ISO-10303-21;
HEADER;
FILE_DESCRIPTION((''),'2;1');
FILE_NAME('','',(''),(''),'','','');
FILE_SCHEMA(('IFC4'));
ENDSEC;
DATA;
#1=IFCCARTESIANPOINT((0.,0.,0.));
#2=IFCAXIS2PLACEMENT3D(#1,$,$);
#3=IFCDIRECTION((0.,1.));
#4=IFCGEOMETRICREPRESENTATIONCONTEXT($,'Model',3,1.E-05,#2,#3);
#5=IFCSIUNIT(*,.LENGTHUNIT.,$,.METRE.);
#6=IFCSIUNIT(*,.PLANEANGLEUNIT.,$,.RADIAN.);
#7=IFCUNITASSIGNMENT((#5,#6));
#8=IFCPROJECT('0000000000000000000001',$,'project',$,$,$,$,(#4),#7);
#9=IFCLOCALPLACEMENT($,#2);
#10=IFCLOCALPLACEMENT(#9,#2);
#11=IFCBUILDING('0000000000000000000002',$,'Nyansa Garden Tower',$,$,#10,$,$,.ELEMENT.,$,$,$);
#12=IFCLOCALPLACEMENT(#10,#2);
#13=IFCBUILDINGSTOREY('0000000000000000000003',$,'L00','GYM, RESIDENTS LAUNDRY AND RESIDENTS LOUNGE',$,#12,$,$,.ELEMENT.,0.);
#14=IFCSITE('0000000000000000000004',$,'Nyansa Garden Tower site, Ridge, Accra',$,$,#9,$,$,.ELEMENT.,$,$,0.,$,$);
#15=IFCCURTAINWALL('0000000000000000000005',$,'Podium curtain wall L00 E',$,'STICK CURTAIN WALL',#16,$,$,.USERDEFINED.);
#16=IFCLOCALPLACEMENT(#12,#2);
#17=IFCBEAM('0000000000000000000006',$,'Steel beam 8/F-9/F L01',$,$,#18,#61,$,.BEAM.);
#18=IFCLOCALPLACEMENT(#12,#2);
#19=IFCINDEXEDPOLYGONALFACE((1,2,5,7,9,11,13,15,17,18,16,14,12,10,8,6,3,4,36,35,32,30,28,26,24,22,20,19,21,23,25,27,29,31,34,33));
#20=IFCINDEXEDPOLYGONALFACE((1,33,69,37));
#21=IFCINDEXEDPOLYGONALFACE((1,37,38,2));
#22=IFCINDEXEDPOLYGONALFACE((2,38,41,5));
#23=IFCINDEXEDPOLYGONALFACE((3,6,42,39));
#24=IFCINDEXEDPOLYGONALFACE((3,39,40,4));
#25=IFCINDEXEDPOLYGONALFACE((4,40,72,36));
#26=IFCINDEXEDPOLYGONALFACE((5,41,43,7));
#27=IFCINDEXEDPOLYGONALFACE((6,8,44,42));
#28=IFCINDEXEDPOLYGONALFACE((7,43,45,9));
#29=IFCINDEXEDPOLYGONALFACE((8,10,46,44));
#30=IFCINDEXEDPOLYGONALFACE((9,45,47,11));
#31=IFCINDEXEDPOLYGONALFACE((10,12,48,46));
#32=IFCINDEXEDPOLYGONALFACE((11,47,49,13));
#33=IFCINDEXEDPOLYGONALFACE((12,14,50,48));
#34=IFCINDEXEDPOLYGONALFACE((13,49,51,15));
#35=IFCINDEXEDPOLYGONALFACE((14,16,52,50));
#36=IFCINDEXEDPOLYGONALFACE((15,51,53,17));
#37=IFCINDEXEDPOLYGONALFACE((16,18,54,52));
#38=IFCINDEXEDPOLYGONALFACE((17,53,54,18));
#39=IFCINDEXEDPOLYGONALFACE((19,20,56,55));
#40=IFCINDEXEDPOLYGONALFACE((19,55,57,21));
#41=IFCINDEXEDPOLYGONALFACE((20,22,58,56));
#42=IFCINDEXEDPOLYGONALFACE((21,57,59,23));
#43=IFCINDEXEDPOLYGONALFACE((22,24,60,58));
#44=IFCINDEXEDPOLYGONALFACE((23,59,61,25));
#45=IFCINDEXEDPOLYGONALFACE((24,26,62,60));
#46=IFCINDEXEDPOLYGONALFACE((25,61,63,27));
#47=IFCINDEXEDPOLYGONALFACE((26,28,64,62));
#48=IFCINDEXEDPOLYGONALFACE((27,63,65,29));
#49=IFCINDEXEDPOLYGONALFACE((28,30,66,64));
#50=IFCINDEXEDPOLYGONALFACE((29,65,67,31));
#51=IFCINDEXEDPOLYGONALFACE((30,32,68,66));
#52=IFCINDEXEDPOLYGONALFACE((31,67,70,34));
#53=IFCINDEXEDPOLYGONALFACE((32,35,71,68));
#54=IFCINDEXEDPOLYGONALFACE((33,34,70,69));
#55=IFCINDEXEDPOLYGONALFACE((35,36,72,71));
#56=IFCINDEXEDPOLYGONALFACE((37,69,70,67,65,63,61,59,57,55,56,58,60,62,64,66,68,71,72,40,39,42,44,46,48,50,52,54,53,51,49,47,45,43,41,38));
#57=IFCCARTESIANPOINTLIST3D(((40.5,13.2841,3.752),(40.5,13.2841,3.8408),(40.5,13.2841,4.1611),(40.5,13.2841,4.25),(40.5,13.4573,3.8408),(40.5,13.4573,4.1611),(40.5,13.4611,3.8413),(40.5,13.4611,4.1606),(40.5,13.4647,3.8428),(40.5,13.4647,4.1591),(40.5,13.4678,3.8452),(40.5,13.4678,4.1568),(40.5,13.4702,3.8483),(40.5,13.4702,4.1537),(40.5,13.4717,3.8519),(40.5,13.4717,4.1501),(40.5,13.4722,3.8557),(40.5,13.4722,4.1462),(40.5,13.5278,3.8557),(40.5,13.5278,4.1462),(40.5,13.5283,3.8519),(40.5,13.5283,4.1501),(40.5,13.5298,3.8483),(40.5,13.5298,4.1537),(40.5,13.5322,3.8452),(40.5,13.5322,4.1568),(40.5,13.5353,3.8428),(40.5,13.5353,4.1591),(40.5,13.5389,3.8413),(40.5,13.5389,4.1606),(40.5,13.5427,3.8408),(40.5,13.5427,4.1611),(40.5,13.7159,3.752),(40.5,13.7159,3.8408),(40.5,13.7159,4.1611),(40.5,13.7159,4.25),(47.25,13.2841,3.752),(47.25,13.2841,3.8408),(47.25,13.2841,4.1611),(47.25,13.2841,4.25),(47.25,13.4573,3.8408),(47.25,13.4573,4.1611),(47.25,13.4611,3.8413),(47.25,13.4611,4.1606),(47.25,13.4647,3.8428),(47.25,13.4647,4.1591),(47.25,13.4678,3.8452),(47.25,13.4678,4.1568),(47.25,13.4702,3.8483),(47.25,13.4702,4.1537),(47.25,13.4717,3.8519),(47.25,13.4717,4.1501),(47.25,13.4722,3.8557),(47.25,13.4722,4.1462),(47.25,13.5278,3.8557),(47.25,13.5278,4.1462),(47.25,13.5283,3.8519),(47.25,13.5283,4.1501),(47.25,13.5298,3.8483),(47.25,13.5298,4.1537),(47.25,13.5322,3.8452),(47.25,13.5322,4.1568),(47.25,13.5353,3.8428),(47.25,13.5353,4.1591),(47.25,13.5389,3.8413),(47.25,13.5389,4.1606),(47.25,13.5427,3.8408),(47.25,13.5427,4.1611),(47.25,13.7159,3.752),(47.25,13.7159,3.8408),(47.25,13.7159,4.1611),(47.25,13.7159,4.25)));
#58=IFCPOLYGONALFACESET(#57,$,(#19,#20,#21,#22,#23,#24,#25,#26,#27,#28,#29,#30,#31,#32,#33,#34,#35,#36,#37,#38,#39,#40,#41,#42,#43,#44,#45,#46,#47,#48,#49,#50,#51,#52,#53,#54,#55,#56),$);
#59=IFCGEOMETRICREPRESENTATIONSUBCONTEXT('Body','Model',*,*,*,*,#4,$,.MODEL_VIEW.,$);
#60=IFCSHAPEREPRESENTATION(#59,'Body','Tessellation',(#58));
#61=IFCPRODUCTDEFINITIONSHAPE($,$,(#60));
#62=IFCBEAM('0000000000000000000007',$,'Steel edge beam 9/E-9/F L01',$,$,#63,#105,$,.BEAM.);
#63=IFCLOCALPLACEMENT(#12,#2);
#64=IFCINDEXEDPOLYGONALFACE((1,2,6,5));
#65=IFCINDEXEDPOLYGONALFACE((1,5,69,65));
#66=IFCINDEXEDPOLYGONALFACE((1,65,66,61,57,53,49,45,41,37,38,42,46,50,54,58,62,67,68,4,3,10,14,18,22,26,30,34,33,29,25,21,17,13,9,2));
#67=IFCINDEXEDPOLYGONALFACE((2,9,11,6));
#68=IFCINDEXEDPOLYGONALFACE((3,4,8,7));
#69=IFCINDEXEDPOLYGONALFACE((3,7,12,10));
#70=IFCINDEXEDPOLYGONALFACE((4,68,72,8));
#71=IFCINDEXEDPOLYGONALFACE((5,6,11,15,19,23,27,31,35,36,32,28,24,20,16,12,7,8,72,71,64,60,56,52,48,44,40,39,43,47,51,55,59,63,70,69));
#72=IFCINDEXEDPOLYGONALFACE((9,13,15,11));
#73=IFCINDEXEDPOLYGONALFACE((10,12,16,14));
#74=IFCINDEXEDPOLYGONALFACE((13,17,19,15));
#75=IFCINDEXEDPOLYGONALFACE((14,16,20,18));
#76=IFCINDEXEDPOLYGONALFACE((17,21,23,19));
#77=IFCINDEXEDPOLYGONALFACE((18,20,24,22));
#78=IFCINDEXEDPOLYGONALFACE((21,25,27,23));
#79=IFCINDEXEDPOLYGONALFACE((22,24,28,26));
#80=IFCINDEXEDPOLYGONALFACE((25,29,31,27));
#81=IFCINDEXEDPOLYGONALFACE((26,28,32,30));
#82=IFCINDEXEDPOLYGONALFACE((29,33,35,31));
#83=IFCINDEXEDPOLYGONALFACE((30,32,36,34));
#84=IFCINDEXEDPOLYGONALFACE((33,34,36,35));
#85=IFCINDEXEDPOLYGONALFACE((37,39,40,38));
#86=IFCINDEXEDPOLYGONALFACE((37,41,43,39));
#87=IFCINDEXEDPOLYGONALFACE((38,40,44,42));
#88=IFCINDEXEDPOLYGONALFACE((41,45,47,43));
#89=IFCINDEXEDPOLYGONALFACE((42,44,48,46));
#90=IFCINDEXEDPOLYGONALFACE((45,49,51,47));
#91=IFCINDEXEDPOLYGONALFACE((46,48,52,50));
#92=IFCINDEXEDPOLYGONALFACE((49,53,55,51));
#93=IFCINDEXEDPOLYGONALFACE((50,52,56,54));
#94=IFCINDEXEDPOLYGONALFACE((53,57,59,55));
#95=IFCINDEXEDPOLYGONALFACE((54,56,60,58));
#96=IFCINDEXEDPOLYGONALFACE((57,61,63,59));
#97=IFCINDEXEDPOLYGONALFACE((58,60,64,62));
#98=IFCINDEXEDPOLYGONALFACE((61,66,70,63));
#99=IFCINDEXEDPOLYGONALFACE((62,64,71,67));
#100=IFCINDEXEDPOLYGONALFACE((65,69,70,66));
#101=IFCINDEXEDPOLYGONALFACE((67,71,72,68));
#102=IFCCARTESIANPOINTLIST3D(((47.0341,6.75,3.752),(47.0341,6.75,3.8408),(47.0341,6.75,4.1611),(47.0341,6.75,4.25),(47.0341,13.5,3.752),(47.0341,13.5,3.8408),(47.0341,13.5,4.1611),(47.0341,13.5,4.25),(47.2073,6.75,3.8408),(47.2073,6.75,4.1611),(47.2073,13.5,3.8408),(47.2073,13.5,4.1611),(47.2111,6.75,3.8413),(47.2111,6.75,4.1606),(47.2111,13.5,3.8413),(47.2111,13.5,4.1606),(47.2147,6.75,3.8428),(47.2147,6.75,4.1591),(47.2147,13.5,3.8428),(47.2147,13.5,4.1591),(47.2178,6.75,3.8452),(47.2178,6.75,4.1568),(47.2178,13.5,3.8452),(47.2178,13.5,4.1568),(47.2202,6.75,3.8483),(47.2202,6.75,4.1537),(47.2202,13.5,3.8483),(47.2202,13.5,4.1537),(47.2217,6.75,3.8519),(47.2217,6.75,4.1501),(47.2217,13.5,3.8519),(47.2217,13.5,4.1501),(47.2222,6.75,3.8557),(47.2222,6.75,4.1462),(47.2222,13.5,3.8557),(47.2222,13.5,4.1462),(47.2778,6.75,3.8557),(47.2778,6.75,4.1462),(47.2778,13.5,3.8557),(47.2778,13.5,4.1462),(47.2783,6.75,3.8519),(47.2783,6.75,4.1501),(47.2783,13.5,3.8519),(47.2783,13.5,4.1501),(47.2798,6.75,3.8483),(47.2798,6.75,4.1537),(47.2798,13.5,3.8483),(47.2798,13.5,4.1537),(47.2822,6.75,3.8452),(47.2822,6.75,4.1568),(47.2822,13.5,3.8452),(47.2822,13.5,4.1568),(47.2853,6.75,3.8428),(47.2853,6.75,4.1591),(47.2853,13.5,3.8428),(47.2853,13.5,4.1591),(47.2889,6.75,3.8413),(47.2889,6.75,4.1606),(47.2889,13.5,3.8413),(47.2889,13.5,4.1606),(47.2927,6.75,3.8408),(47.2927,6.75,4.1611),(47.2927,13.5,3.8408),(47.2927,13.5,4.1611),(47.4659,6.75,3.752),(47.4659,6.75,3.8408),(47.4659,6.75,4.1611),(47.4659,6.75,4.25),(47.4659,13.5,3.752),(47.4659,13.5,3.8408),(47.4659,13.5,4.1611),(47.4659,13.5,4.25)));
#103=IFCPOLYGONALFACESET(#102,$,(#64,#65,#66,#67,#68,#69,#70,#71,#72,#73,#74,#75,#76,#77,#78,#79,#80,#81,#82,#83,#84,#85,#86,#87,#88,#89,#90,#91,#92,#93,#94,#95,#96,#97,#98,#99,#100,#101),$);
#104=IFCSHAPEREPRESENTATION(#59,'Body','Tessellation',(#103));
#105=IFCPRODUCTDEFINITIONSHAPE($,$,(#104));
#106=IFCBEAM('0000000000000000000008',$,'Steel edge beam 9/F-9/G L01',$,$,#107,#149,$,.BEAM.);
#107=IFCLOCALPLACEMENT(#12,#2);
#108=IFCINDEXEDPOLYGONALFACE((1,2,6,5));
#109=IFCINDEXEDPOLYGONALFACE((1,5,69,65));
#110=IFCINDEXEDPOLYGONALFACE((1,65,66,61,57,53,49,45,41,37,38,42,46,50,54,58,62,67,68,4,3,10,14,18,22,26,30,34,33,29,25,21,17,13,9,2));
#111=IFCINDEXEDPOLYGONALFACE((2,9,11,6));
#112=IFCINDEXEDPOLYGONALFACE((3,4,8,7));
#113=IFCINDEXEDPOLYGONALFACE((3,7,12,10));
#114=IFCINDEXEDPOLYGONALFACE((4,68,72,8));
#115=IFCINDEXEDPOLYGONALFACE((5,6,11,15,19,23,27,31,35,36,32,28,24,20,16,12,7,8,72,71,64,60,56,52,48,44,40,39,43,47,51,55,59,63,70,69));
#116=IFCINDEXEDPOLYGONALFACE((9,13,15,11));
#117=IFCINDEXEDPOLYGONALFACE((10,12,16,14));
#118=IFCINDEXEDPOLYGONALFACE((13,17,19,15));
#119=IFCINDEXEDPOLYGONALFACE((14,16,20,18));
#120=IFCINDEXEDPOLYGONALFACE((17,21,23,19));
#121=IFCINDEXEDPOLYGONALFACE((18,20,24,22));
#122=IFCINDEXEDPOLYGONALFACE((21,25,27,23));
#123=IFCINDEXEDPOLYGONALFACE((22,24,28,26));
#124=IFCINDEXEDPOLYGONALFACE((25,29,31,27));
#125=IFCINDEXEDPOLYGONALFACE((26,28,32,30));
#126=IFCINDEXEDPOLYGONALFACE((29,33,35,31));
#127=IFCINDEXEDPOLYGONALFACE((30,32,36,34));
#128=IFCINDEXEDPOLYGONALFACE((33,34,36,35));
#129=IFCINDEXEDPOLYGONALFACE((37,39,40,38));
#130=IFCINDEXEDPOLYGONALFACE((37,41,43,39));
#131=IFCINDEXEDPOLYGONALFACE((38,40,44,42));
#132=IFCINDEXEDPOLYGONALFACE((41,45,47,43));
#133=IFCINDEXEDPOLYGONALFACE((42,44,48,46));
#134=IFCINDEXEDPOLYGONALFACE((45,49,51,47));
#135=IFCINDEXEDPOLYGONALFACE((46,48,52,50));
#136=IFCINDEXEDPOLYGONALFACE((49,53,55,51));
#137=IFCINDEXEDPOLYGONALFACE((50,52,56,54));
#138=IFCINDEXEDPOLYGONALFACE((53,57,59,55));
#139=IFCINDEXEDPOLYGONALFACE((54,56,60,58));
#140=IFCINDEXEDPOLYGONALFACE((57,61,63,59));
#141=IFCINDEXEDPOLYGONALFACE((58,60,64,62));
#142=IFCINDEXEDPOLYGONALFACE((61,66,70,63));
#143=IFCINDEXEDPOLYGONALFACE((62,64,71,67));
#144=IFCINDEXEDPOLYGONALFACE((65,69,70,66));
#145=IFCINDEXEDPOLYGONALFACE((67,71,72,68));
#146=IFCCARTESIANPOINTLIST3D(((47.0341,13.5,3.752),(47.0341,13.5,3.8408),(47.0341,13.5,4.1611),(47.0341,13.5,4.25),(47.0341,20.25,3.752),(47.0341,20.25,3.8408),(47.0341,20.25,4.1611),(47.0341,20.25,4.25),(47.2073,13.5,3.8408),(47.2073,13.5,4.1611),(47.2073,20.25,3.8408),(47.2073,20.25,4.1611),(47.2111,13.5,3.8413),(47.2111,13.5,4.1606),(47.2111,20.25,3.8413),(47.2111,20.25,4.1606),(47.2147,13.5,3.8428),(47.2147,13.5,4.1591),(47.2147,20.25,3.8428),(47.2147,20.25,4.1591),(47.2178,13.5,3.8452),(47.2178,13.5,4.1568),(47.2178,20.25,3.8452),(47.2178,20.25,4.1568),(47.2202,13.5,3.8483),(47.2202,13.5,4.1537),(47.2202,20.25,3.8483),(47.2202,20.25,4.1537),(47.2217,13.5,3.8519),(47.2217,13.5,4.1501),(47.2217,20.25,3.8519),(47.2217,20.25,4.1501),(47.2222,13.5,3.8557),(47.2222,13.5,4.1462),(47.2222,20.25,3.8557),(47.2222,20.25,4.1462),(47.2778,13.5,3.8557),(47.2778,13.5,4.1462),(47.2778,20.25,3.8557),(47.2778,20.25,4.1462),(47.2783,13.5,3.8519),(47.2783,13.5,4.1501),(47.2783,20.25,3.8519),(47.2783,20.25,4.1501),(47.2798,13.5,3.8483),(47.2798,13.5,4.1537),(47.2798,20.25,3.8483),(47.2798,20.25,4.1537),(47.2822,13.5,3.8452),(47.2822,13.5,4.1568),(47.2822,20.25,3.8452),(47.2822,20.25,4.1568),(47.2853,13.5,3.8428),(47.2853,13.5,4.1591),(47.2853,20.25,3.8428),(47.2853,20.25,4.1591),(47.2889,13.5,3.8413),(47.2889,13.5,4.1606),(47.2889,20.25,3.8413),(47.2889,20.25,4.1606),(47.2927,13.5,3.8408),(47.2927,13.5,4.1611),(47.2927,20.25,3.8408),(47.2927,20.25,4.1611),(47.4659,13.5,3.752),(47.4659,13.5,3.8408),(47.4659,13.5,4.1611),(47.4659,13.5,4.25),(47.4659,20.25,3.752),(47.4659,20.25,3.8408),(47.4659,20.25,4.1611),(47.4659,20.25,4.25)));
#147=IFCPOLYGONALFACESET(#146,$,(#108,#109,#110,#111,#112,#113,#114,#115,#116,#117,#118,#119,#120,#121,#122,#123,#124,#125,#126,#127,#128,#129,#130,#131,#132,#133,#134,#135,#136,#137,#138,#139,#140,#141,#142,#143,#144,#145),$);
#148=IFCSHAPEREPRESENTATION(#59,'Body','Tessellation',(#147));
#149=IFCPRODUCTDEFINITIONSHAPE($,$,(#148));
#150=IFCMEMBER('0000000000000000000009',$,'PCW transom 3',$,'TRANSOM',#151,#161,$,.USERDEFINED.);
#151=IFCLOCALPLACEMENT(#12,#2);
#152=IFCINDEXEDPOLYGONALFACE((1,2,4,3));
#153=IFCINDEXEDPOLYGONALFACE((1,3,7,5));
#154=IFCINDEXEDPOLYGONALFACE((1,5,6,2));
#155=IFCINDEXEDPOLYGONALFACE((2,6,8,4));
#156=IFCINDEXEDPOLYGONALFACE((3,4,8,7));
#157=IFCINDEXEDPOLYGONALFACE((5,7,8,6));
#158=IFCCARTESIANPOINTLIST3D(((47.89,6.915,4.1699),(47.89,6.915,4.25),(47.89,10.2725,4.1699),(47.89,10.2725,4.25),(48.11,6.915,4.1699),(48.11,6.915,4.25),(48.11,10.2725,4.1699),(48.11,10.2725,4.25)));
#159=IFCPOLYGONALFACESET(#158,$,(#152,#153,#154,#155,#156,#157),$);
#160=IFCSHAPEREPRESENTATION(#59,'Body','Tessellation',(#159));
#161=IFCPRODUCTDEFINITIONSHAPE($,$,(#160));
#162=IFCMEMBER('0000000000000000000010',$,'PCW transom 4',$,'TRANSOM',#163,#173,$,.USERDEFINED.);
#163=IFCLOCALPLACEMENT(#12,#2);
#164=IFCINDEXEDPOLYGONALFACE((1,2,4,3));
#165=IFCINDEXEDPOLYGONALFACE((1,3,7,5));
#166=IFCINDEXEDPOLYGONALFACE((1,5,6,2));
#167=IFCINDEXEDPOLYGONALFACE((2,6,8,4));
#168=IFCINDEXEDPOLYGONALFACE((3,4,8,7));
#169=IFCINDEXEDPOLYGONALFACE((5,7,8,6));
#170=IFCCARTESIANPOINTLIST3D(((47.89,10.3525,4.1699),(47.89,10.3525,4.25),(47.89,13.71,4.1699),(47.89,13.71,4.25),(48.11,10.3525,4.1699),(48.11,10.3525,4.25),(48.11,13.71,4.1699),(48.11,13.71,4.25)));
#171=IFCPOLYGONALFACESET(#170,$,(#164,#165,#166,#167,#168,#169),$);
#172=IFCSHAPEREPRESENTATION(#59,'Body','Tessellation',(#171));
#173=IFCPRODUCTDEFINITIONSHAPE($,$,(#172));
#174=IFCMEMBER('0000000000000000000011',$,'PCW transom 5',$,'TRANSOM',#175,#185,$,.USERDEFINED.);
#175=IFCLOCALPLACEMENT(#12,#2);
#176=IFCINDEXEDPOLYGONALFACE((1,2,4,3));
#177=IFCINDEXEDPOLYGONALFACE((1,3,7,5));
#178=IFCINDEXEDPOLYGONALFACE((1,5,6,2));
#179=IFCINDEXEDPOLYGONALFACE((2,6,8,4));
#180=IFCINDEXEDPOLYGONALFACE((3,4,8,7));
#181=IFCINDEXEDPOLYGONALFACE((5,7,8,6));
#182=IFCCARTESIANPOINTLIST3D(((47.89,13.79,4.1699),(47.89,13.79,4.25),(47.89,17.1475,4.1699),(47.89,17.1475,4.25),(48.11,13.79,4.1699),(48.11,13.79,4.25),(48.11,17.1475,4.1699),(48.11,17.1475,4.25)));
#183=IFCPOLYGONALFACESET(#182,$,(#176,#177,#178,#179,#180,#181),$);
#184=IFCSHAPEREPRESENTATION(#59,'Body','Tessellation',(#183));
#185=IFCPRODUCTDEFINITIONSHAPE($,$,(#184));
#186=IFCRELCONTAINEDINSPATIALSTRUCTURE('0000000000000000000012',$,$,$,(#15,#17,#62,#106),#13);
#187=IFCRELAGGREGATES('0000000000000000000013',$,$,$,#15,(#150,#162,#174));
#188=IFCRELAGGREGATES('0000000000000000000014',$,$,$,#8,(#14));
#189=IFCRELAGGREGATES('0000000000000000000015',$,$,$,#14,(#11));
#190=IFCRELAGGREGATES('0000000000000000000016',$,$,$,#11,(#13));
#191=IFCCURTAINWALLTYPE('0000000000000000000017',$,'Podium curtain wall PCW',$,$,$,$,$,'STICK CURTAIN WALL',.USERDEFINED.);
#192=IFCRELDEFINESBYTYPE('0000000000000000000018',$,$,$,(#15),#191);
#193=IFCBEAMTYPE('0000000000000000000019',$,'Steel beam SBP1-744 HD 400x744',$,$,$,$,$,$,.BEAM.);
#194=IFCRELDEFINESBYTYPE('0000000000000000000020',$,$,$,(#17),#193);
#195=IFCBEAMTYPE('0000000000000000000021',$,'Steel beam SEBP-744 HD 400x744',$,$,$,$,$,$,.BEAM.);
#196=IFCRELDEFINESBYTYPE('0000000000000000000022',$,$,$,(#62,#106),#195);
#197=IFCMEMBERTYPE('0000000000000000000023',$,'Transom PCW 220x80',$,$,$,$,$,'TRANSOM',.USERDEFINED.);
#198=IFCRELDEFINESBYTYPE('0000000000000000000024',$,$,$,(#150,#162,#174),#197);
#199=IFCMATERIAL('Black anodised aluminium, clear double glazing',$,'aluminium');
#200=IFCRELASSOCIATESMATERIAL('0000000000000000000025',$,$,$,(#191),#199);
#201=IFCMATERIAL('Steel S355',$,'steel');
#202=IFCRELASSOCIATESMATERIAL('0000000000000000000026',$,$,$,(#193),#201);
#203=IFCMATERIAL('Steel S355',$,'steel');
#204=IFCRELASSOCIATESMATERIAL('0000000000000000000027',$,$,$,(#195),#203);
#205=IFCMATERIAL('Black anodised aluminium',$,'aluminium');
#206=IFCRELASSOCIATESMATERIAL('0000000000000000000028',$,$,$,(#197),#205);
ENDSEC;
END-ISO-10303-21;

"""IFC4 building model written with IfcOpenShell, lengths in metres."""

from ifc_helpers import new_model, si_unit, direction, frame, origin, origin_2d, place, context, subcontext, project, spatial, rectangle, i_section, extrude, material, material_profile, profile_set, type_object, element, aggregate, save


model = new_model("IFC4")

# Units and contexts
model_context = context("Model", 3, precision=1e-05, world=origin(), true_north=direction((0.0, 1.0)))
body_context = subcontext(model_context, "Body", "Model", "MODEL_VIEW")
ifc_project = project(units=[si_unit("LENGTHUNIT", "METRE"), si_unit("PLANEANGLEUNIT", "RADIAN")], contexts=[model_context])

# Site, building, storey
site_placement = place(None, origin())
site = spatial("IfcSite", under=ifc_project, at=site_placement, Name="Nyansa Garden Tower site, Ridge, Accra", CompositionType="ELEMENT", RefElevation=0.0)
building_placement = place(site_placement, origin())
building = spatial("IfcBuilding", under=site, at=building_placement, Name="Nyansa Garden Tower", CompositionType="ELEMENT")
storey_placement = place(building_placement, origin())
storey = spatial("IfcBuildingStorey", under=building, at=storey_placement, Name="L00", Description="GYM, RESIDENTS LAUNDRY AND RESIDENTS LOUNGE", CompositionType="ELEMENT", Elevation=0.0)

# Curtain wall
ifc_material_1 = material(Name="Black anodised aluminium, clear double glazing", Category="aluminium")
curtain_wall_type = type_object("IfcCurtainWallType", Name="Podium curtain wall PCW", ElementType="STICK CURTAIN WALL", PredefinedType="USERDEFINED", material=ifc_material_1)
curtain_wall_placement = place(storey_placement, origin())
curtain_wall = element("IfcCurtainWall", 1, at=curtain_wall_placement, inside=storey, type_object=curtain_wall_type, Name="Podium curtain wall L00 E", ObjectType="STICK CURTAIN WALL", PredefinedType="USERDEFINED")

# Beams
ifc_material_2 = material(Name="Steel S355", Category="steel")
ifc_material_profile_1 = material_profile(ifc_material_2, i_section(OverallWidth=0.4319, OverallDepth=0.498, WebThickness=0.0557, FlangeThickness=0.0889, FilletRadius=0.0149, at=origin_2d()), Name="HD 400x744")
ifc_profile_set_1 = profile_set([ifc_material_profile_1], Name="Steel S355")
beam_type_1 = type_object("IfcBeamType", Name="Steel beam SBP1-744 HD 400x744", PredefinedType="BEAM", material=ifc_profile_set_1)
for number, where, z_axis, x_axis, name in (
    (2, (40.5, 13.5, 4.001), (1.0, 0.0, 0.0), (0.0, 1.0, 0.0), "Steel beam 8/F-9/F L01"),
):
    element("IfcBeam", number, at=place(storey_placement, frame(where, z_axis=z_axis, x_axis=x_axis)), inside=storey, type_object=beam_type_1, Name=name, PredefinedType="BEAM", context=body_context, shape_type="SweptSolid", body=[
        extrude(i_section(OverallWidth=0.4319, OverallDepth=0.498, WebThickness=0.0557, FlangeThickness=0.0889, FilletRadius=0.0149, at=origin_2d()), origin(), (0.0, 0.0, 1.0), 6.75),
    ])
ifc_material_3 = material(Name="Steel S355", Category="steel")
ifc_material_profile_2 = material_profile(ifc_material_3, i_section(OverallWidth=0.4319, OverallDepth=0.498, WebThickness=0.0557, FlangeThickness=0.0889, FilletRadius=0.0149, at=origin_2d()), Name="HD 400x744")
ifc_profile_set_2 = profile_set([ifc_material_profile_2], Name="Steel S355")
beam_type_2 = type_object("IfcBeamType", Name="Steel beam SEBP-744 HD 400x744", PredefinedType="BEAM", material=ifc_profile_set_2)
for number, where, z_axis, x_axis, name in (
    (3, (47.25, 6.75, 4.001), (0.0, 1.0, 0.0), (-1.0, 0.0, 0.0), "Steel edge beam 9/E-9/F L01"),
    (4, (47.25, 13.5, 4.001), (0.0, 1.0, 0.0), (-1.0, 0.0, 0.0), "Steel edge beam 9/F-9/G L01"),
):
    element("IfcBeam", number, at=place(storey_placement, frame(where, z_axis=z_axis, x_axis=x_axis)), inside=storey, type_object=beam_type_2, Name=name, PredefinedType="BEAM", context=body_context, shape_type="SweptSolid", body=[
        extrude(i_section(OverallWidth=0.4319, OverallDepth=0.498, WebThickness=0.0557, FlangeThickness=0.0889, FilletRadius=0.0149, at=origin_2d()), origin(), (0.0, 0.0, 1.0), 6.75),
    ])

# Members
ifc_material_4 = material(Name="Black anodised aluminium", Category="aluminium")
ifc_material_profile_3 = material_profile(ifc_material_4, rectangle(XDim=0.22, YDim=0.0801, at=origin_2d()), Name="Transom 220x80")
ifc_profile_set_3 = profile_set([ifc_material_profile_3], Name="Black anodised aluminium")
member_type_1 = type_object("IfcMemberType", Name="Transom PCW 220x80", ElementType="TRANSOM", PredefinedType="USERDEFINED", material=ifc_profile_set_3)
member_1_placement = place(storey_placement, frame((48.0, 6.915, 4.21), z_axis=(0.0, 1.0, 0.0), x_axis=(-1.0, 0.0, 0.0)))
member_1 = element("IfcMember", 5, at=member_1_placement, type_object=member_type_1, Name="PCW transom 3", ObjectType="TRANSOM", PredefinedType="USERDEFINED", context=body_context, shape_type="SweptSolid", body=[
    extrude(rectangle(XDim=0.22, YDim=0.0801, at=origin_2d()), origin(), (0.0, 0.0, 1.0), 3.3574),
])
member_2_placement = place(storey_placement, frame((48.0, 10.3525, 4.21), z_axis=(0.0, 1.0, 0.0), x_axis=(-1.0, 0.0, 0.0)))
member_2 = element("IfcMember", 6, at=member_2_placement, type_object=member_type_1, Name="PCW transom 4", ObjectType="TRANSOM", PredefinedType="USERDEFINED", context=body_context, shape_type="SweptSolid", body=[
    extrude(rectangle(XDim=0.22, YDim=0.0801, at=origin_2d()), origin(), (0.0, 0.0, 1.0), 3.3574),
])
member_3_placement = place(storey_placement, frame((48.0, 13.79, 4.21), z_axis=(0.0, 1.0, 0.0), x_axis=(-1.0, 0.0, 0.0)))
member_3 = element("IfcMember", 7, at=member_3_placement, type_object=member_type_1, Name="PCW transom 5", ObjectType="TRANSOM", PredefinedType="USERDEFINED", context=body_context, shape_type="SweptSolid", body=[
    extrude(rectangle(XDim=0.22, YDim=0.0801, at=origin_2d()), origin(), (0.0, 0.0, 1.0), 3.3574),
])

aggregate(curtain_wall, [member_1, member_2, member_3])

save(model, "model.ifc")
